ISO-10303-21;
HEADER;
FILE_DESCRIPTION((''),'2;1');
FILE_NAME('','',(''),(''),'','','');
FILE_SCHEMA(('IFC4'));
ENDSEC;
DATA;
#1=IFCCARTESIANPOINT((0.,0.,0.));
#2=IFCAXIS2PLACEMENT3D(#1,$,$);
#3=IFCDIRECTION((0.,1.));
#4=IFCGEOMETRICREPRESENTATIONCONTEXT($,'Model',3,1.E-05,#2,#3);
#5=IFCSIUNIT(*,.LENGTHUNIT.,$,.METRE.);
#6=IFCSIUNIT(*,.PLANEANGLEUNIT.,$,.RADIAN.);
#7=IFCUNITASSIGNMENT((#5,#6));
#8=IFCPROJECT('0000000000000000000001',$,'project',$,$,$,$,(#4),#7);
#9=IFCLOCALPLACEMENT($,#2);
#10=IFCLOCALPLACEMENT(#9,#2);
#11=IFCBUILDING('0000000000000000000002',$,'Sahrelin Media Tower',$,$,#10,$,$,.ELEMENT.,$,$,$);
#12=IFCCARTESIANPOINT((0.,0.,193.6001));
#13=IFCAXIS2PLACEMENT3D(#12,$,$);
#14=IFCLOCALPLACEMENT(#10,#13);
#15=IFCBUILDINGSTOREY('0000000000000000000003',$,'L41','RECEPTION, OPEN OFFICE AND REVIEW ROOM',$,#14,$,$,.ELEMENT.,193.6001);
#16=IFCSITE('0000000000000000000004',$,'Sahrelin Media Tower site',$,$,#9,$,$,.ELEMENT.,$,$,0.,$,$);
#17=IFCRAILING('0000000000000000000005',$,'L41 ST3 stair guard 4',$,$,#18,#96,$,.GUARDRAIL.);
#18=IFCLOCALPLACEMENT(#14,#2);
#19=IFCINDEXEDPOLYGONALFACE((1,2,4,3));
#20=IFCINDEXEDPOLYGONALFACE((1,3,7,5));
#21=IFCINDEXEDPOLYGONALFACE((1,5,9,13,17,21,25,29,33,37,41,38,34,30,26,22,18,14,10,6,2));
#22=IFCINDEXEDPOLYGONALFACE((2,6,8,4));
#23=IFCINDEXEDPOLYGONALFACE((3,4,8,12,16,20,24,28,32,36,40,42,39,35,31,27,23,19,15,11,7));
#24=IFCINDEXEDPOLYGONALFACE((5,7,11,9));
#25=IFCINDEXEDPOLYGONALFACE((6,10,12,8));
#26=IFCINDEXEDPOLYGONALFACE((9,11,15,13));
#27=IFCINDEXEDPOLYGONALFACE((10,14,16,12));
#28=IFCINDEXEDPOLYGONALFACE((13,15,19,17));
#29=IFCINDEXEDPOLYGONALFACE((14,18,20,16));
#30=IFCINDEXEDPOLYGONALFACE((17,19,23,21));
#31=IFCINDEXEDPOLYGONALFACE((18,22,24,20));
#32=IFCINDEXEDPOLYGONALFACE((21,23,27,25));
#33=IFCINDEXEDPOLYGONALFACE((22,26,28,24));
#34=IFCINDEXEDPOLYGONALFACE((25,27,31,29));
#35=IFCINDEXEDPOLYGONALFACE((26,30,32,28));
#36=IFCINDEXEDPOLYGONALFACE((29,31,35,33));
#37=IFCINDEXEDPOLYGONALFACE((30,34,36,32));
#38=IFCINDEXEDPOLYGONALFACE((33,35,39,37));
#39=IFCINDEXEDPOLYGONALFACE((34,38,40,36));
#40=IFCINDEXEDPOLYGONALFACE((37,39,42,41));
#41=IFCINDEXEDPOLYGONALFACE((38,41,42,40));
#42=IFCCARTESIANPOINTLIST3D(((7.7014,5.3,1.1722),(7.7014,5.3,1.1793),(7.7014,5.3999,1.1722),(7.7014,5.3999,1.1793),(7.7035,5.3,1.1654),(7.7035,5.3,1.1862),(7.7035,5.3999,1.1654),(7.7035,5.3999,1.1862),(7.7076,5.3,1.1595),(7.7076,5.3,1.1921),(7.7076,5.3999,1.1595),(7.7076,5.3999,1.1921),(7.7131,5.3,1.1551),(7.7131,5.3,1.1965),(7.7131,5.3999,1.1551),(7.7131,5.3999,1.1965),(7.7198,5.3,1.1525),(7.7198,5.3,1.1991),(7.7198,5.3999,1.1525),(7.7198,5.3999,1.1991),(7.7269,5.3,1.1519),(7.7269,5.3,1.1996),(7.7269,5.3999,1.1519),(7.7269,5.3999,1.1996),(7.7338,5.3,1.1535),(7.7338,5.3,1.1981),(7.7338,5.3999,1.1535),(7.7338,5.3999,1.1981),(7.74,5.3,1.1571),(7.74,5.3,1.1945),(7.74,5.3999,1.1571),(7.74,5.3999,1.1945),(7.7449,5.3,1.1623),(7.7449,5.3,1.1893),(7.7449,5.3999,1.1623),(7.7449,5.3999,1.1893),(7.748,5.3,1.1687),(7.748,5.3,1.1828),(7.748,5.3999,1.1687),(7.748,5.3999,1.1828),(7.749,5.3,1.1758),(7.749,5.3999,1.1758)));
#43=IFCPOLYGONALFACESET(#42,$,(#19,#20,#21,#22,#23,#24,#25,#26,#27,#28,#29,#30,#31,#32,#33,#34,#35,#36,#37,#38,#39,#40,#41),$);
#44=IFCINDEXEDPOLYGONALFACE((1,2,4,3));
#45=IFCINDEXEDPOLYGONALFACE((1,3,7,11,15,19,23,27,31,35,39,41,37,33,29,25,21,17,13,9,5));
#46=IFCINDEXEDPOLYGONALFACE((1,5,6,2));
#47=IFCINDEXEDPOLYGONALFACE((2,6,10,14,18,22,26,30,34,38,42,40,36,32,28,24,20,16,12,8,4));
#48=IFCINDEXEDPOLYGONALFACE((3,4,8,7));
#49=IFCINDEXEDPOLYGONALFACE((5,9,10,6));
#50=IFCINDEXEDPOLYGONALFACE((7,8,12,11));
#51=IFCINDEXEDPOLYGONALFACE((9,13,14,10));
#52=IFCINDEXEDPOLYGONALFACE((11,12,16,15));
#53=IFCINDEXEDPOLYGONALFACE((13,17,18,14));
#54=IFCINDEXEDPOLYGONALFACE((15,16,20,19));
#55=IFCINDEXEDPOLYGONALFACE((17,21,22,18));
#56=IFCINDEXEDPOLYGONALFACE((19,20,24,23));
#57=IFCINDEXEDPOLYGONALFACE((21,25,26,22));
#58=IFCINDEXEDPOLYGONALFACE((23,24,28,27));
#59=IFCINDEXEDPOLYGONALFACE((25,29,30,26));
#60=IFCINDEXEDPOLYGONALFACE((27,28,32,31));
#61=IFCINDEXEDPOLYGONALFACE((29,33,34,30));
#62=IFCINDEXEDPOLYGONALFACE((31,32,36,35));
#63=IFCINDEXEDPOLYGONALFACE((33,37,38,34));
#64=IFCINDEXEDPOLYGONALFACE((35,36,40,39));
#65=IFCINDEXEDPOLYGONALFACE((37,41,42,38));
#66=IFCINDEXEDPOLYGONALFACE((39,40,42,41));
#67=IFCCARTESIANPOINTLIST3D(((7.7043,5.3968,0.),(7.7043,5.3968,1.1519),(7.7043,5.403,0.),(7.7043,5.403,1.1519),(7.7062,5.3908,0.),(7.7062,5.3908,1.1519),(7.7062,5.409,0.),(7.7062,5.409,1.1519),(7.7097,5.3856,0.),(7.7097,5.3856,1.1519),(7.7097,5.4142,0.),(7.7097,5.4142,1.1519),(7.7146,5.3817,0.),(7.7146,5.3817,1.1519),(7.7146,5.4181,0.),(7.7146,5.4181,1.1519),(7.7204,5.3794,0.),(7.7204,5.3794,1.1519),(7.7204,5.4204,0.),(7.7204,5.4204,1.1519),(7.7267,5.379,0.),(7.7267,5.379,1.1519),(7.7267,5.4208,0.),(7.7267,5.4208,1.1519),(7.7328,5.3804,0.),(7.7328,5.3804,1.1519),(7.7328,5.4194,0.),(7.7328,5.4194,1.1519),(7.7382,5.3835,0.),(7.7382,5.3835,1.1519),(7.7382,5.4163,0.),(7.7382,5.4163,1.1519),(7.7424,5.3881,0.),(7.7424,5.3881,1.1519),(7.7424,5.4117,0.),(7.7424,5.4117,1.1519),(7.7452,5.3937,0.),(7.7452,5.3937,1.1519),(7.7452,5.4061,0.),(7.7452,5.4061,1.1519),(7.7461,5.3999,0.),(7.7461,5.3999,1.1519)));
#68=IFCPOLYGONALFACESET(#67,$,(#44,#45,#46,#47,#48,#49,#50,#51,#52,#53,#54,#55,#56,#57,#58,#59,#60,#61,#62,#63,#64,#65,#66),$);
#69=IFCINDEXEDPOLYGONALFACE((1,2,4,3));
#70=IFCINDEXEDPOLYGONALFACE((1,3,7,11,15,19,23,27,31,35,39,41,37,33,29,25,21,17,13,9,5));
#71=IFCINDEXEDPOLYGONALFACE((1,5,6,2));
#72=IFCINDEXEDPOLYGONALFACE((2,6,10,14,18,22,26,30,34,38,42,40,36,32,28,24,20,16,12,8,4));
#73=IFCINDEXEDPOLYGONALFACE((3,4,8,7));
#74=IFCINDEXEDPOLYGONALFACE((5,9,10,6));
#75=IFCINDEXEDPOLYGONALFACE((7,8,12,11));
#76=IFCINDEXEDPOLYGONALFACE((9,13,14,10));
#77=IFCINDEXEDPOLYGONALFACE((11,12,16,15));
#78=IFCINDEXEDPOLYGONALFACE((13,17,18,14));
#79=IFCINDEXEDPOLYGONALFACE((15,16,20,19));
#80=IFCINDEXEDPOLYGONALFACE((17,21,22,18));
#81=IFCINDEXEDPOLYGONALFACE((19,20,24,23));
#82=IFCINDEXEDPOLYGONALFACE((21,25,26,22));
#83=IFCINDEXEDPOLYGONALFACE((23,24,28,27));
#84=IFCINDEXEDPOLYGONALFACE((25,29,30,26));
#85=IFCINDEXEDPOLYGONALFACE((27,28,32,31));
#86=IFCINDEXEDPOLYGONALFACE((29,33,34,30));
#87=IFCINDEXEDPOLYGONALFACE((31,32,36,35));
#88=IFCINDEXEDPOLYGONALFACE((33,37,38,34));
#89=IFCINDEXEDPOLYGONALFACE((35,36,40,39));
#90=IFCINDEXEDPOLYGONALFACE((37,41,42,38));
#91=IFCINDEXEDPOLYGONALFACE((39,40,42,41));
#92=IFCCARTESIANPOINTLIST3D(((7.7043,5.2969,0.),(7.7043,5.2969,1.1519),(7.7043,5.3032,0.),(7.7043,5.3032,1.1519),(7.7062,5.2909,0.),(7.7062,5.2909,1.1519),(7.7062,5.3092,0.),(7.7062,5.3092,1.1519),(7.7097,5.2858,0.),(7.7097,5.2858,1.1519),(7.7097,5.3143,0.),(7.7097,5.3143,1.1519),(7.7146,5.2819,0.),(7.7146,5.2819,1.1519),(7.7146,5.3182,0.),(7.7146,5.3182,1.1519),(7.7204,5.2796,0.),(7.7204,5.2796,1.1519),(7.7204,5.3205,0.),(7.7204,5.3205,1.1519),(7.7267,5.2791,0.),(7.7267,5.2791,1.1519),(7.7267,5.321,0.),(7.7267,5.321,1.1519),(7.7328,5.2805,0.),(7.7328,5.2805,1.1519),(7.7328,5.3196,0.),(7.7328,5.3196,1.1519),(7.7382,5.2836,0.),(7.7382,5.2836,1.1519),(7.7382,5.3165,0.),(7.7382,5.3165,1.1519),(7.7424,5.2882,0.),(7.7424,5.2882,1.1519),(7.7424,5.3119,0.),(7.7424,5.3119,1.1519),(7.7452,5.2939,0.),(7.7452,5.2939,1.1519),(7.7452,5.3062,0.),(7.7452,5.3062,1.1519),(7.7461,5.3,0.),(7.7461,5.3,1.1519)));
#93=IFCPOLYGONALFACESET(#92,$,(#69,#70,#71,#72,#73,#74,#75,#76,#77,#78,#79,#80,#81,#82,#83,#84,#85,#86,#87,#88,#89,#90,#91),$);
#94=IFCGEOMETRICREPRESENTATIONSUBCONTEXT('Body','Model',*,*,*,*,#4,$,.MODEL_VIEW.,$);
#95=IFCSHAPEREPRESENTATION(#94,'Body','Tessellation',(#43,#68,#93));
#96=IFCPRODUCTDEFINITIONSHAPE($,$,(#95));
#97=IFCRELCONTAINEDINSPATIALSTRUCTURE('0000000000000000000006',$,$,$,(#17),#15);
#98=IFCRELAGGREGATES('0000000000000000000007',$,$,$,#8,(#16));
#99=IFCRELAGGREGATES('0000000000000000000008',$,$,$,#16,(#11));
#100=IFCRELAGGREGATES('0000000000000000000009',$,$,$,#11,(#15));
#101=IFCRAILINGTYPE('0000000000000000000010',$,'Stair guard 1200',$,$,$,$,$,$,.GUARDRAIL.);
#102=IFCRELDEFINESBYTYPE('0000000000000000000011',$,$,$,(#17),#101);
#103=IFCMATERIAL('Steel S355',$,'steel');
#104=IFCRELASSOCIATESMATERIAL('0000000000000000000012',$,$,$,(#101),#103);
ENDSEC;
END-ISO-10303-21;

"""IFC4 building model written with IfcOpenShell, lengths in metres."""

from ifc_helpers import new_model, si_unit, direction, frame, origin, origin_2d, place, context, subcontext, project, spatial, circle, extrude, material, type_object, element, save


model = new_model("IFC4")

# Units and contexts
model_context = context("Model", 3, precision=1e-05, world=origin(), true_north=direction((0.0, 1.0)))
body_context = subcontext(model_context, "Body", "Model", "MODEL_VIEW")
ifc_project = project(units=[si_unit("LENGTHUNIT", "METRE"), si_unit("PLANEANGLEUNIT", "RADIAN")], contexts=[model_context])

# Site, building, storey
site_placement = place(None, origin())
site = spatial("IfcSite", under=ifc_project, at=site_placement, Name="Sahrelin Media Tower site", CompositionType="ELEMENT", RefElevation=0.0)
building_placement = place(site_placement, origin())
building = spatial("IfcBuilding", under=site, at=building_placement, Name="Sahrelin Media Tower", CompositionType="ELEMENT")
storey_placement = place(building_placement, frame((0.0, 0.0, 193.6001)))
storey = spatial("IfcBuildingStorey", under=building, at=storey_placement, Name="L41", Description="RECEPTION, OPEN OFFICE AND REVIEW ROOM", CompositionType="ELEMENT", Elevation=193.6001)

# Shared definitions
ifc_material_1 = material(Name="Steel S355", Category="steel")

# Railing
railing_type_1 = type_object("IfcRailingType", Name="Stair guard 1200", PredefinedType="GUARDRAIL", material=ifc_material_1)
railing_1_placement = place(storey_placement, frame((7.7251, 5.3999, 0.0)))
element("IfcRailing", 1, at=railing_1_placement, inside=storey, type_object=railing_type_1, Name="L41 ST3 stair guard 4", PredefinedType="GUARDRAIL", context=body_context, shape_type="SweptSolid", body=[
    extrude(circle(Radius=0.0239, at=origin_2d()), frame((0.0, 0.0, 1.1758), z_axis=(0.0, -1.0, 0.0), x_axis=(1.0, 0.0, 0.0)), (0.0, 0.0, 1.0), 0.0999),
    extrude(circle(Radius=0.021, at=origin_2d()), origin(), (0.0, 0.0, 1.0), 1.1519),
    extrude(circle(Radius=0.021, at=origin_2d()), frame((0.0, -0.0999, 0.0)), (0.0, 0.0, 1.0), 1.1519),
])

save(model, "model.ifc")
